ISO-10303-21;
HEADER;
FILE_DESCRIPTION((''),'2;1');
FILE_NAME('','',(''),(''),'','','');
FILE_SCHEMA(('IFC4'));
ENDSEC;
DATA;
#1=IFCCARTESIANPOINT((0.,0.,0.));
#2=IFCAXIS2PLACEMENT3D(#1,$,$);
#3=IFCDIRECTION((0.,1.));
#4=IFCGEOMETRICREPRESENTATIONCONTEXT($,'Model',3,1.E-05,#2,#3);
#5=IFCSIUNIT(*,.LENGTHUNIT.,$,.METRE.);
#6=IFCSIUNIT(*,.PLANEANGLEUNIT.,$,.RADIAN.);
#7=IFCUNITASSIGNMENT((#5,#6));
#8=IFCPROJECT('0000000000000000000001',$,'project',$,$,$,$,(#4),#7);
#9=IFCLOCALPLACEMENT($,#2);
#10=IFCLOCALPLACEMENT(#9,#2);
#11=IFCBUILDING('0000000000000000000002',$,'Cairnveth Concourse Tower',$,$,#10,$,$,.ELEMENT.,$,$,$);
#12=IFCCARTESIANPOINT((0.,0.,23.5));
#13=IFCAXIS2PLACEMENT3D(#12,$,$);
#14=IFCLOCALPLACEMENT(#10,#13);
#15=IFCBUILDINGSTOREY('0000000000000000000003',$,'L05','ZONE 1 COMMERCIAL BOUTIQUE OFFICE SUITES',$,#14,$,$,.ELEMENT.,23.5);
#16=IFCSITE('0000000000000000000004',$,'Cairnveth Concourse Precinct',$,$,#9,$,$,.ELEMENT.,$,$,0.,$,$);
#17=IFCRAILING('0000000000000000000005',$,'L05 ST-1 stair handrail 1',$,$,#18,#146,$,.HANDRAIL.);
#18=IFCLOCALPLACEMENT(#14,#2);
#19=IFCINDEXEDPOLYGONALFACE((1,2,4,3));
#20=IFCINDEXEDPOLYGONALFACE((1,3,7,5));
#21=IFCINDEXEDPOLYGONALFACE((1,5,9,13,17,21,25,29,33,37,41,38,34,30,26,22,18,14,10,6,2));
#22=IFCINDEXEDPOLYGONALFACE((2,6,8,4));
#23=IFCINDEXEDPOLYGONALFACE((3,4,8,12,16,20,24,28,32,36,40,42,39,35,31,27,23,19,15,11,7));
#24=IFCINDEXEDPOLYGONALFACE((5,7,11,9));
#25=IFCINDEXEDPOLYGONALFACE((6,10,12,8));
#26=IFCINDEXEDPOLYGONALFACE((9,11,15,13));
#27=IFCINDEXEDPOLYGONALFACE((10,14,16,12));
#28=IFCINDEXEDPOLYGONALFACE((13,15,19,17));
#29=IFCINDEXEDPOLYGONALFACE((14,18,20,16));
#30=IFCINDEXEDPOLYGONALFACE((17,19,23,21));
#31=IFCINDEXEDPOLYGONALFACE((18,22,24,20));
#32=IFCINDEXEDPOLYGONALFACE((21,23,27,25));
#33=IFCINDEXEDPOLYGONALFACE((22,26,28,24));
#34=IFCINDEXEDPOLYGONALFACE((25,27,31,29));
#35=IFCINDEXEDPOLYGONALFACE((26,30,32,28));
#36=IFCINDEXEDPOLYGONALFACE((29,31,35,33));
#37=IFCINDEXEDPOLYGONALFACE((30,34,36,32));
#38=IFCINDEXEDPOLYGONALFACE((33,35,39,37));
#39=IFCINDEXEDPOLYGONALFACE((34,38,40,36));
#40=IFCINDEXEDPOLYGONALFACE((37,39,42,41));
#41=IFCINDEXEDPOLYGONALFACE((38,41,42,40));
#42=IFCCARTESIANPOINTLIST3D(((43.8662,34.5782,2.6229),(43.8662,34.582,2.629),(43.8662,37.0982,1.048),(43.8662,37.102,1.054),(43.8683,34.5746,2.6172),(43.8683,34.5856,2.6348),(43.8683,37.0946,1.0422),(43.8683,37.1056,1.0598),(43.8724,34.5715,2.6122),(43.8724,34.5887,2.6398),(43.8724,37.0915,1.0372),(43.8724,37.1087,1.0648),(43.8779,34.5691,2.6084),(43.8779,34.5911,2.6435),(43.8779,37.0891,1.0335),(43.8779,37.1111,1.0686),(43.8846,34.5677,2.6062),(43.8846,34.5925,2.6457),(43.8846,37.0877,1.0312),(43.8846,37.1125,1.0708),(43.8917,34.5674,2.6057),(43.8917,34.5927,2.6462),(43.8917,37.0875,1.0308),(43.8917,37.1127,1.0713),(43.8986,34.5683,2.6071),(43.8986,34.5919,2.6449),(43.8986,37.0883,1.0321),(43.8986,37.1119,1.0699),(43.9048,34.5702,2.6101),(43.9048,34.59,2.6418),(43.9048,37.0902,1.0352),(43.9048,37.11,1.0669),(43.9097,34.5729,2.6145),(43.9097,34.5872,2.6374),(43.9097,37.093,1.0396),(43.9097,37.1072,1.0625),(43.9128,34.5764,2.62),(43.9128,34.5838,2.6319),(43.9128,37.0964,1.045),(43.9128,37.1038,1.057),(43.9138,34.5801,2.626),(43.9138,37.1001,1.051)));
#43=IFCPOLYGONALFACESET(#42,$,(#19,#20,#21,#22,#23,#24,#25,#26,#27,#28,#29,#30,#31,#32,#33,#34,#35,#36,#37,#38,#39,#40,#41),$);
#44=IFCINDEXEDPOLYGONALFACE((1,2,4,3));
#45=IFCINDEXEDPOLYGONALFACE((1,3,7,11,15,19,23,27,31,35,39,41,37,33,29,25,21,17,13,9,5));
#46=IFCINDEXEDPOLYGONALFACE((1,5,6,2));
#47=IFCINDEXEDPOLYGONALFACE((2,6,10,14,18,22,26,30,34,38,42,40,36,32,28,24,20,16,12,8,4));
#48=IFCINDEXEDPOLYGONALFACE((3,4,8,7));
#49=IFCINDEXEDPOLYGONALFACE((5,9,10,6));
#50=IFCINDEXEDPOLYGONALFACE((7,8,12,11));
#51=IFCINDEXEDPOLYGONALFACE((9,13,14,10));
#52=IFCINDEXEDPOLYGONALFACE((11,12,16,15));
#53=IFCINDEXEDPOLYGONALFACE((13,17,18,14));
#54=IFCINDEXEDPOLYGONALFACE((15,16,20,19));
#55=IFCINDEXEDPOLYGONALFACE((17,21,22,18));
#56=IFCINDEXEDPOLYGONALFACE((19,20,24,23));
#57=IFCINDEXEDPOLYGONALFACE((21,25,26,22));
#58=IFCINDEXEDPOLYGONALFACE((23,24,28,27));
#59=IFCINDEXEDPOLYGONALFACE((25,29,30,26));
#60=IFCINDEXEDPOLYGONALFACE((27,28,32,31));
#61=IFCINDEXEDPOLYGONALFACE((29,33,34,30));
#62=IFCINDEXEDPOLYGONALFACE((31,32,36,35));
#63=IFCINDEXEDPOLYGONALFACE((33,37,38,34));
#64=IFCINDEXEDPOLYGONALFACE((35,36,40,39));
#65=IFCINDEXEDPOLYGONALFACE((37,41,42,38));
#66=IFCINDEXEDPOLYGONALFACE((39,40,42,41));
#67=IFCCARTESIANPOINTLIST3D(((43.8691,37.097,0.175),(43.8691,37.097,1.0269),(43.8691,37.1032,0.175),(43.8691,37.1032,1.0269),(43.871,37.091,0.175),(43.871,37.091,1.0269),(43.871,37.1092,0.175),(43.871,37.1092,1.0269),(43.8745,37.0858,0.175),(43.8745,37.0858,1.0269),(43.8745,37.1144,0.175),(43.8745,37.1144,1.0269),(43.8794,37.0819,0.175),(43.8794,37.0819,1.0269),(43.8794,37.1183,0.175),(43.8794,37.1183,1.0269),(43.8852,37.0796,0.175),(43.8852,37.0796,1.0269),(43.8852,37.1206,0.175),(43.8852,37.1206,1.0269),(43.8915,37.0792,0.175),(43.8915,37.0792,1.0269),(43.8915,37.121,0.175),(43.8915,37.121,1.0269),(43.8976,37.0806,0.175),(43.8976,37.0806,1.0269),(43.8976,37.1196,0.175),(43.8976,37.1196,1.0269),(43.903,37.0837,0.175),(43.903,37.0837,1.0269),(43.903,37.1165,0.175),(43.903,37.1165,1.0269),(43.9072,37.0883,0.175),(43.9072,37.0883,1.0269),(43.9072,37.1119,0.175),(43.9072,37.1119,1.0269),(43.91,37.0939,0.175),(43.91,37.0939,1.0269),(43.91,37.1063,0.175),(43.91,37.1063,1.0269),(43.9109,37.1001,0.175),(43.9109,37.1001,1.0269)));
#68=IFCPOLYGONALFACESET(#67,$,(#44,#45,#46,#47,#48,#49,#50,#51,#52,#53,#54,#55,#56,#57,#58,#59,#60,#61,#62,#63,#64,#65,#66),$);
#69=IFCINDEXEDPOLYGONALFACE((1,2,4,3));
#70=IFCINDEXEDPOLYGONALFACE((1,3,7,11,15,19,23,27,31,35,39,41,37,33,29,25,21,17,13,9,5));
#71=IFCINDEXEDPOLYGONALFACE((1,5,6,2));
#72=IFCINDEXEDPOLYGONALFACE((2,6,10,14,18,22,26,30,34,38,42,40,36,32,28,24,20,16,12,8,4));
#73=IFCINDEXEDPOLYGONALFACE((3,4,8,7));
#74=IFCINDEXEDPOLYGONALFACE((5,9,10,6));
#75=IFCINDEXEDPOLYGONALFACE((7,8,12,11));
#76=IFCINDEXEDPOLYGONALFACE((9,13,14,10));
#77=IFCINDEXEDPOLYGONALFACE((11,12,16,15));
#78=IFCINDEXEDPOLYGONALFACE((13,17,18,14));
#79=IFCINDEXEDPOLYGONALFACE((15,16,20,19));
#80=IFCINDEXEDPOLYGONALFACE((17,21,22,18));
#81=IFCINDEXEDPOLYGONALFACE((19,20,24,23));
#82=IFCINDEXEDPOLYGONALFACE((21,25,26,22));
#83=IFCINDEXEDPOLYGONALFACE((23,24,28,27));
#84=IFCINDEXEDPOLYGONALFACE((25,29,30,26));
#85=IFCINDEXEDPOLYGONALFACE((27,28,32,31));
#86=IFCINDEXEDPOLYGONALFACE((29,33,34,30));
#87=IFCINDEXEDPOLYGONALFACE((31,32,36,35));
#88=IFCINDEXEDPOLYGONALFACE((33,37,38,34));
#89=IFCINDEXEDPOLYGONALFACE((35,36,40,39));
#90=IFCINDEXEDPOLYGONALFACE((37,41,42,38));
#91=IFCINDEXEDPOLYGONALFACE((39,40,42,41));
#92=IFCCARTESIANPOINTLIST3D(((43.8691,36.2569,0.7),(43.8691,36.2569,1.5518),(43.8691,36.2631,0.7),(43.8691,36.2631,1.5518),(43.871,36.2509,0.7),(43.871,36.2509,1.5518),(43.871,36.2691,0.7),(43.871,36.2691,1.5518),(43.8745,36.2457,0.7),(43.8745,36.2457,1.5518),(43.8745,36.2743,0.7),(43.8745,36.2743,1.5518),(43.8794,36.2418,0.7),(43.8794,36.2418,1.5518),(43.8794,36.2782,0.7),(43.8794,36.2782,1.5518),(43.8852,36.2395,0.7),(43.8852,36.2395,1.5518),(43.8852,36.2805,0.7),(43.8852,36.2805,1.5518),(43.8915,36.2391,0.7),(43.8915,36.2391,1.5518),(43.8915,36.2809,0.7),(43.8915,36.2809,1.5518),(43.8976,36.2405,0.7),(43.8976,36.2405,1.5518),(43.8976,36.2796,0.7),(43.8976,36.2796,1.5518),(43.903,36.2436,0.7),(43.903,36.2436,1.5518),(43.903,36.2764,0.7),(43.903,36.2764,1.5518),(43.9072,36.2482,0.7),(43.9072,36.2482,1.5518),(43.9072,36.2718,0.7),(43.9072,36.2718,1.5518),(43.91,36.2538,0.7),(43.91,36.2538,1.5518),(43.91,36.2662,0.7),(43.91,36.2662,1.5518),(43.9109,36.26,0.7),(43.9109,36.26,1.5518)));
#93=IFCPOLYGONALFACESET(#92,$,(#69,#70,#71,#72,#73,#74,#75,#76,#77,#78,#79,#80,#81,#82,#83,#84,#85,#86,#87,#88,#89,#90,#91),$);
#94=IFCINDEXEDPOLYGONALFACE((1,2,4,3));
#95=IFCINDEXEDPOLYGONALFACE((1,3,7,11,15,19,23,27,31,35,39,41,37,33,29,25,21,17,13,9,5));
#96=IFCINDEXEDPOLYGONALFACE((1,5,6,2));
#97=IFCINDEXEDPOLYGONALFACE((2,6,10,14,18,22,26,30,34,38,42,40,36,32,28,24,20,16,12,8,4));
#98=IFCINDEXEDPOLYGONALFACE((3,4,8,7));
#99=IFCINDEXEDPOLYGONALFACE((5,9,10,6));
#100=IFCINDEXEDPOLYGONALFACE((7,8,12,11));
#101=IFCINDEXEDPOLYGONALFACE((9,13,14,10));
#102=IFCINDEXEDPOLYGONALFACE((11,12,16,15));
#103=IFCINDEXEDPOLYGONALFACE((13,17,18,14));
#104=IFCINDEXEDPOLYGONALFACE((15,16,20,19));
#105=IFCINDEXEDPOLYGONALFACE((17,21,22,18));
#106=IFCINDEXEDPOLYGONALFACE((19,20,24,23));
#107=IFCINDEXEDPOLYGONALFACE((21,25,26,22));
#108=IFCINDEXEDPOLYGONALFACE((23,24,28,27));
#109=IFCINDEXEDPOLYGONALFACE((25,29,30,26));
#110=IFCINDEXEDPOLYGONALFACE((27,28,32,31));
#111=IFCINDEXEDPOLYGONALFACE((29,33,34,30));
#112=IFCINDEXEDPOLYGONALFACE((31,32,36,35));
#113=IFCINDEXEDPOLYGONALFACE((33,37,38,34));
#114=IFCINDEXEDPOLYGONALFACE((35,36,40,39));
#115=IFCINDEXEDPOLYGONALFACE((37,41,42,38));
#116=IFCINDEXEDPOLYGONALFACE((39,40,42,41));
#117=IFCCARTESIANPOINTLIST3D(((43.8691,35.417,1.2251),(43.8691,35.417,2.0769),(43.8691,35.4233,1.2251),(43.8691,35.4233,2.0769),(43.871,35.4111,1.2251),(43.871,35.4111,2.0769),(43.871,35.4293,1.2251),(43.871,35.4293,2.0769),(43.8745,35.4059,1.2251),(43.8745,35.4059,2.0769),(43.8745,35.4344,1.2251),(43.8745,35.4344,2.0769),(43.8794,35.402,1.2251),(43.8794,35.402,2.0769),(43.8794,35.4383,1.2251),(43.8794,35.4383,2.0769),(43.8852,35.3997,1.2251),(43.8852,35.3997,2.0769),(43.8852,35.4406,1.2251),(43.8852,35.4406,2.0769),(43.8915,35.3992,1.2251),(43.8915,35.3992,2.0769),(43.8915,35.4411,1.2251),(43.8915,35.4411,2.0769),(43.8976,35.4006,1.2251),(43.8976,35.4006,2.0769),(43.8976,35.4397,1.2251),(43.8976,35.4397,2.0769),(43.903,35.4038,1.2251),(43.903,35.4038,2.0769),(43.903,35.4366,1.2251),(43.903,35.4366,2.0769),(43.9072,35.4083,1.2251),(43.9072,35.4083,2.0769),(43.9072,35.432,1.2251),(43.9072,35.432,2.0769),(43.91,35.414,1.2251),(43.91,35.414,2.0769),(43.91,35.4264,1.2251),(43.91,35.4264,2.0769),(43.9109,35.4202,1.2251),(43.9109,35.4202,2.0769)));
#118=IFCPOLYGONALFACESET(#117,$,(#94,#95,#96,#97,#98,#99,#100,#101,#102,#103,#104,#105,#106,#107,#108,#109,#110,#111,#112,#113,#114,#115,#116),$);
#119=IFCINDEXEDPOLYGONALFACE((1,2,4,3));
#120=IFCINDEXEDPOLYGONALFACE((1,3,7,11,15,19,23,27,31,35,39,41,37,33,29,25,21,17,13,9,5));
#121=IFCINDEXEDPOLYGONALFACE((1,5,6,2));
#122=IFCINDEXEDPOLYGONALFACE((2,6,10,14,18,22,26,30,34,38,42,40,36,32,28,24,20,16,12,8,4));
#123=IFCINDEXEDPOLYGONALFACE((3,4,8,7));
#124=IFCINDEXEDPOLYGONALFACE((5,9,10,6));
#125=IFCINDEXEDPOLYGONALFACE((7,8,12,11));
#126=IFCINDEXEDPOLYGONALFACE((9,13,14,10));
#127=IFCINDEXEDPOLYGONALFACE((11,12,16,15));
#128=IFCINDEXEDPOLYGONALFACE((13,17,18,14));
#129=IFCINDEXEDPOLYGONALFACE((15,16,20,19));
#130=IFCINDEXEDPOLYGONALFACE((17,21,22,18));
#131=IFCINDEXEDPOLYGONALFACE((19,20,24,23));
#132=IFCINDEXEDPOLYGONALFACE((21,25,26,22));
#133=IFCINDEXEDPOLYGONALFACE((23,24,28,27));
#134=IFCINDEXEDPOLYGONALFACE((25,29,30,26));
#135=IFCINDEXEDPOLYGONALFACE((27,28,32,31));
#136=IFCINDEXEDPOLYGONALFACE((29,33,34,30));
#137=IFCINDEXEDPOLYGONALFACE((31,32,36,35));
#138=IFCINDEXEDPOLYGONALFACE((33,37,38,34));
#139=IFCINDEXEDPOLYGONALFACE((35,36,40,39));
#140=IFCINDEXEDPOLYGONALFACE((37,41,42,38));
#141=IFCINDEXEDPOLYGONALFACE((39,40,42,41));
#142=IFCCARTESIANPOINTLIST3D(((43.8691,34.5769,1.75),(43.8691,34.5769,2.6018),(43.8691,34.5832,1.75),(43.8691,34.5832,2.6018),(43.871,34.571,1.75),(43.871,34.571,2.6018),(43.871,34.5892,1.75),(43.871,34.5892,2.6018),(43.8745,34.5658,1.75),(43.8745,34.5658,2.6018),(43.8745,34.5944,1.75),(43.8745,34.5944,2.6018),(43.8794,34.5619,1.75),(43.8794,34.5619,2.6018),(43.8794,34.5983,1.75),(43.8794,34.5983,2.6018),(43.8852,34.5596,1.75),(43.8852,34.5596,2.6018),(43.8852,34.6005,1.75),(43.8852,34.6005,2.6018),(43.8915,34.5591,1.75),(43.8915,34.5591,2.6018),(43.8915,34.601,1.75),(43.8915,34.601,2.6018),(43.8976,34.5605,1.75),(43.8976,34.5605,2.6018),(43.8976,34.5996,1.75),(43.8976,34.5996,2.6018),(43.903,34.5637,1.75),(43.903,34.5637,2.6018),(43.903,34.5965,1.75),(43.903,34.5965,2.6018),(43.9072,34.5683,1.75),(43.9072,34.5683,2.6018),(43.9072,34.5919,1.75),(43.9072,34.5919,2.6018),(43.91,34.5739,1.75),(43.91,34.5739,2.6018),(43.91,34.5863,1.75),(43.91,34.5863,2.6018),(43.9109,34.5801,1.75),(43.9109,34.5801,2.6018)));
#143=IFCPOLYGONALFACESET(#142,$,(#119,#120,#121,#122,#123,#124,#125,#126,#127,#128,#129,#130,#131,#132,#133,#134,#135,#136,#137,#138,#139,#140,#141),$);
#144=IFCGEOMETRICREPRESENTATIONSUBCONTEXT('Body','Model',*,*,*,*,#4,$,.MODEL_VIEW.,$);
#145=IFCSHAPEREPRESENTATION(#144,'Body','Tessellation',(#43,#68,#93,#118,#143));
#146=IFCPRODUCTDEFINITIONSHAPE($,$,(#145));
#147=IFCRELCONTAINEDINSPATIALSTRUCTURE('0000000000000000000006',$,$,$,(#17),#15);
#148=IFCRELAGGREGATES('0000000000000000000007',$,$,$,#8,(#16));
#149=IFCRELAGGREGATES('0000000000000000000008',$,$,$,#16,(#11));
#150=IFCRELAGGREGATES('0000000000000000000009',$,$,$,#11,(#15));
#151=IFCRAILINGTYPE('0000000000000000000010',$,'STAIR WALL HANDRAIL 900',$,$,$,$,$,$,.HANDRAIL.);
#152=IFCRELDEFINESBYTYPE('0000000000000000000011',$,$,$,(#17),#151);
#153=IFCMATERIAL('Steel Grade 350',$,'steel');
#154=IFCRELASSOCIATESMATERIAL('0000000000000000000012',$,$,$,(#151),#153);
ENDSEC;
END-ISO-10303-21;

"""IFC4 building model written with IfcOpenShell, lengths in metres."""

from ifc_helpers import new_model, si_unit, direction, frame, origin, origin_2d, place, context, subcontext, project, spatial, circle, extrude, material, type_object, element, save


model = new_model("IFC4")

# Units and contexts
model_context = context("Model", 3, precision=1e-05, world=origin(), true_north=direction((0.0, 1.0)))
body_context = subcontext(model_context, "Body", "Model", "MODEL_VIEW")
ifc_project = project(units=[si_unit("LENGTHUNIT", "METRE"), si_unit("PLANEANGLEUNIT", "RADIAN")], contexts=[model_context])

# Site, building, storey
site_placement = place(None, origin())
site = spatial("IfcSite", under=ifc_project, at=site_placement, Name="Cairnveth Concourse Precinct", CompositionType="ELEMENT", RefElevation=0.0)
building_placement = place(site_placement, origin())
building = spatial("IfcBuilding", under=site, at=building_placement, Name="Cairnveth Concourse Tower", CompositionType="ELEMENT")
storey_placement = place(building_placement, frame((0.0, 0.0, 23.5)))
storey = spatial("IfcBuildingStorey", under=building, at=storey_placement, Name="L05", Description="ZONE 1 COMMERCIAL BOUTIQUE OFFICE SUITES", CompositionType="ELEMENT", Elevation=23.5)

# Shared definitions
ifc_material_1 = material(Name="Steel Grade 350", Category="steel")

# Railing
railing_type_1 = type_object("IfcRailingType", Name="STAIR WALL HANDRAIL 900", PredefinedType="HANDRAIL", material=ifc_material_1)
railing_1_placement = place(storey_placement, frame((43.8899, 37.1001, 0.175)))
element("IfcRailing", 1, at=railing_1_placement, inside=storey, type_object=railing_type_1, Name="L05 ST-1 stair handrail 1", PredefinedType="HANDRAIL", context=body_context, shape_type="SweptSolid", body=[
    extrude(circle(Radius=0.0239, at=origin_2d()), frame((0.0, 0.0, 0.876), z_axis=(0.0, -0.848008, 0.529984), x_axis=(1.0, 0.0, 0.0)), (0.0, 0.0, 1.0), 2.9717),
    extrude(circle(Radius=0.021, at=origin_2d()), origin(), (0.0, 0.0, 1.0), 0.8518),
    extrude(circle(Radius=0.021, at=origin_2d()), frame((0.0, -0.8401, 0.5249)), (0.0, 0.0, 1.0), 0.8518),
    extrude(circle(Radius=0.021, at=origin_2d()), frame((0.0, -1.6799, 1.05)), (0.0, 0.0, 1.0), 0.8518),
    extrude(circle(Radius=0.021, at=origin_2d()), frame((0.0, -2.52, 1.575)), (0.0, 0.0, 1.0), 0.8518),
])

save(model, "model.ifc")
